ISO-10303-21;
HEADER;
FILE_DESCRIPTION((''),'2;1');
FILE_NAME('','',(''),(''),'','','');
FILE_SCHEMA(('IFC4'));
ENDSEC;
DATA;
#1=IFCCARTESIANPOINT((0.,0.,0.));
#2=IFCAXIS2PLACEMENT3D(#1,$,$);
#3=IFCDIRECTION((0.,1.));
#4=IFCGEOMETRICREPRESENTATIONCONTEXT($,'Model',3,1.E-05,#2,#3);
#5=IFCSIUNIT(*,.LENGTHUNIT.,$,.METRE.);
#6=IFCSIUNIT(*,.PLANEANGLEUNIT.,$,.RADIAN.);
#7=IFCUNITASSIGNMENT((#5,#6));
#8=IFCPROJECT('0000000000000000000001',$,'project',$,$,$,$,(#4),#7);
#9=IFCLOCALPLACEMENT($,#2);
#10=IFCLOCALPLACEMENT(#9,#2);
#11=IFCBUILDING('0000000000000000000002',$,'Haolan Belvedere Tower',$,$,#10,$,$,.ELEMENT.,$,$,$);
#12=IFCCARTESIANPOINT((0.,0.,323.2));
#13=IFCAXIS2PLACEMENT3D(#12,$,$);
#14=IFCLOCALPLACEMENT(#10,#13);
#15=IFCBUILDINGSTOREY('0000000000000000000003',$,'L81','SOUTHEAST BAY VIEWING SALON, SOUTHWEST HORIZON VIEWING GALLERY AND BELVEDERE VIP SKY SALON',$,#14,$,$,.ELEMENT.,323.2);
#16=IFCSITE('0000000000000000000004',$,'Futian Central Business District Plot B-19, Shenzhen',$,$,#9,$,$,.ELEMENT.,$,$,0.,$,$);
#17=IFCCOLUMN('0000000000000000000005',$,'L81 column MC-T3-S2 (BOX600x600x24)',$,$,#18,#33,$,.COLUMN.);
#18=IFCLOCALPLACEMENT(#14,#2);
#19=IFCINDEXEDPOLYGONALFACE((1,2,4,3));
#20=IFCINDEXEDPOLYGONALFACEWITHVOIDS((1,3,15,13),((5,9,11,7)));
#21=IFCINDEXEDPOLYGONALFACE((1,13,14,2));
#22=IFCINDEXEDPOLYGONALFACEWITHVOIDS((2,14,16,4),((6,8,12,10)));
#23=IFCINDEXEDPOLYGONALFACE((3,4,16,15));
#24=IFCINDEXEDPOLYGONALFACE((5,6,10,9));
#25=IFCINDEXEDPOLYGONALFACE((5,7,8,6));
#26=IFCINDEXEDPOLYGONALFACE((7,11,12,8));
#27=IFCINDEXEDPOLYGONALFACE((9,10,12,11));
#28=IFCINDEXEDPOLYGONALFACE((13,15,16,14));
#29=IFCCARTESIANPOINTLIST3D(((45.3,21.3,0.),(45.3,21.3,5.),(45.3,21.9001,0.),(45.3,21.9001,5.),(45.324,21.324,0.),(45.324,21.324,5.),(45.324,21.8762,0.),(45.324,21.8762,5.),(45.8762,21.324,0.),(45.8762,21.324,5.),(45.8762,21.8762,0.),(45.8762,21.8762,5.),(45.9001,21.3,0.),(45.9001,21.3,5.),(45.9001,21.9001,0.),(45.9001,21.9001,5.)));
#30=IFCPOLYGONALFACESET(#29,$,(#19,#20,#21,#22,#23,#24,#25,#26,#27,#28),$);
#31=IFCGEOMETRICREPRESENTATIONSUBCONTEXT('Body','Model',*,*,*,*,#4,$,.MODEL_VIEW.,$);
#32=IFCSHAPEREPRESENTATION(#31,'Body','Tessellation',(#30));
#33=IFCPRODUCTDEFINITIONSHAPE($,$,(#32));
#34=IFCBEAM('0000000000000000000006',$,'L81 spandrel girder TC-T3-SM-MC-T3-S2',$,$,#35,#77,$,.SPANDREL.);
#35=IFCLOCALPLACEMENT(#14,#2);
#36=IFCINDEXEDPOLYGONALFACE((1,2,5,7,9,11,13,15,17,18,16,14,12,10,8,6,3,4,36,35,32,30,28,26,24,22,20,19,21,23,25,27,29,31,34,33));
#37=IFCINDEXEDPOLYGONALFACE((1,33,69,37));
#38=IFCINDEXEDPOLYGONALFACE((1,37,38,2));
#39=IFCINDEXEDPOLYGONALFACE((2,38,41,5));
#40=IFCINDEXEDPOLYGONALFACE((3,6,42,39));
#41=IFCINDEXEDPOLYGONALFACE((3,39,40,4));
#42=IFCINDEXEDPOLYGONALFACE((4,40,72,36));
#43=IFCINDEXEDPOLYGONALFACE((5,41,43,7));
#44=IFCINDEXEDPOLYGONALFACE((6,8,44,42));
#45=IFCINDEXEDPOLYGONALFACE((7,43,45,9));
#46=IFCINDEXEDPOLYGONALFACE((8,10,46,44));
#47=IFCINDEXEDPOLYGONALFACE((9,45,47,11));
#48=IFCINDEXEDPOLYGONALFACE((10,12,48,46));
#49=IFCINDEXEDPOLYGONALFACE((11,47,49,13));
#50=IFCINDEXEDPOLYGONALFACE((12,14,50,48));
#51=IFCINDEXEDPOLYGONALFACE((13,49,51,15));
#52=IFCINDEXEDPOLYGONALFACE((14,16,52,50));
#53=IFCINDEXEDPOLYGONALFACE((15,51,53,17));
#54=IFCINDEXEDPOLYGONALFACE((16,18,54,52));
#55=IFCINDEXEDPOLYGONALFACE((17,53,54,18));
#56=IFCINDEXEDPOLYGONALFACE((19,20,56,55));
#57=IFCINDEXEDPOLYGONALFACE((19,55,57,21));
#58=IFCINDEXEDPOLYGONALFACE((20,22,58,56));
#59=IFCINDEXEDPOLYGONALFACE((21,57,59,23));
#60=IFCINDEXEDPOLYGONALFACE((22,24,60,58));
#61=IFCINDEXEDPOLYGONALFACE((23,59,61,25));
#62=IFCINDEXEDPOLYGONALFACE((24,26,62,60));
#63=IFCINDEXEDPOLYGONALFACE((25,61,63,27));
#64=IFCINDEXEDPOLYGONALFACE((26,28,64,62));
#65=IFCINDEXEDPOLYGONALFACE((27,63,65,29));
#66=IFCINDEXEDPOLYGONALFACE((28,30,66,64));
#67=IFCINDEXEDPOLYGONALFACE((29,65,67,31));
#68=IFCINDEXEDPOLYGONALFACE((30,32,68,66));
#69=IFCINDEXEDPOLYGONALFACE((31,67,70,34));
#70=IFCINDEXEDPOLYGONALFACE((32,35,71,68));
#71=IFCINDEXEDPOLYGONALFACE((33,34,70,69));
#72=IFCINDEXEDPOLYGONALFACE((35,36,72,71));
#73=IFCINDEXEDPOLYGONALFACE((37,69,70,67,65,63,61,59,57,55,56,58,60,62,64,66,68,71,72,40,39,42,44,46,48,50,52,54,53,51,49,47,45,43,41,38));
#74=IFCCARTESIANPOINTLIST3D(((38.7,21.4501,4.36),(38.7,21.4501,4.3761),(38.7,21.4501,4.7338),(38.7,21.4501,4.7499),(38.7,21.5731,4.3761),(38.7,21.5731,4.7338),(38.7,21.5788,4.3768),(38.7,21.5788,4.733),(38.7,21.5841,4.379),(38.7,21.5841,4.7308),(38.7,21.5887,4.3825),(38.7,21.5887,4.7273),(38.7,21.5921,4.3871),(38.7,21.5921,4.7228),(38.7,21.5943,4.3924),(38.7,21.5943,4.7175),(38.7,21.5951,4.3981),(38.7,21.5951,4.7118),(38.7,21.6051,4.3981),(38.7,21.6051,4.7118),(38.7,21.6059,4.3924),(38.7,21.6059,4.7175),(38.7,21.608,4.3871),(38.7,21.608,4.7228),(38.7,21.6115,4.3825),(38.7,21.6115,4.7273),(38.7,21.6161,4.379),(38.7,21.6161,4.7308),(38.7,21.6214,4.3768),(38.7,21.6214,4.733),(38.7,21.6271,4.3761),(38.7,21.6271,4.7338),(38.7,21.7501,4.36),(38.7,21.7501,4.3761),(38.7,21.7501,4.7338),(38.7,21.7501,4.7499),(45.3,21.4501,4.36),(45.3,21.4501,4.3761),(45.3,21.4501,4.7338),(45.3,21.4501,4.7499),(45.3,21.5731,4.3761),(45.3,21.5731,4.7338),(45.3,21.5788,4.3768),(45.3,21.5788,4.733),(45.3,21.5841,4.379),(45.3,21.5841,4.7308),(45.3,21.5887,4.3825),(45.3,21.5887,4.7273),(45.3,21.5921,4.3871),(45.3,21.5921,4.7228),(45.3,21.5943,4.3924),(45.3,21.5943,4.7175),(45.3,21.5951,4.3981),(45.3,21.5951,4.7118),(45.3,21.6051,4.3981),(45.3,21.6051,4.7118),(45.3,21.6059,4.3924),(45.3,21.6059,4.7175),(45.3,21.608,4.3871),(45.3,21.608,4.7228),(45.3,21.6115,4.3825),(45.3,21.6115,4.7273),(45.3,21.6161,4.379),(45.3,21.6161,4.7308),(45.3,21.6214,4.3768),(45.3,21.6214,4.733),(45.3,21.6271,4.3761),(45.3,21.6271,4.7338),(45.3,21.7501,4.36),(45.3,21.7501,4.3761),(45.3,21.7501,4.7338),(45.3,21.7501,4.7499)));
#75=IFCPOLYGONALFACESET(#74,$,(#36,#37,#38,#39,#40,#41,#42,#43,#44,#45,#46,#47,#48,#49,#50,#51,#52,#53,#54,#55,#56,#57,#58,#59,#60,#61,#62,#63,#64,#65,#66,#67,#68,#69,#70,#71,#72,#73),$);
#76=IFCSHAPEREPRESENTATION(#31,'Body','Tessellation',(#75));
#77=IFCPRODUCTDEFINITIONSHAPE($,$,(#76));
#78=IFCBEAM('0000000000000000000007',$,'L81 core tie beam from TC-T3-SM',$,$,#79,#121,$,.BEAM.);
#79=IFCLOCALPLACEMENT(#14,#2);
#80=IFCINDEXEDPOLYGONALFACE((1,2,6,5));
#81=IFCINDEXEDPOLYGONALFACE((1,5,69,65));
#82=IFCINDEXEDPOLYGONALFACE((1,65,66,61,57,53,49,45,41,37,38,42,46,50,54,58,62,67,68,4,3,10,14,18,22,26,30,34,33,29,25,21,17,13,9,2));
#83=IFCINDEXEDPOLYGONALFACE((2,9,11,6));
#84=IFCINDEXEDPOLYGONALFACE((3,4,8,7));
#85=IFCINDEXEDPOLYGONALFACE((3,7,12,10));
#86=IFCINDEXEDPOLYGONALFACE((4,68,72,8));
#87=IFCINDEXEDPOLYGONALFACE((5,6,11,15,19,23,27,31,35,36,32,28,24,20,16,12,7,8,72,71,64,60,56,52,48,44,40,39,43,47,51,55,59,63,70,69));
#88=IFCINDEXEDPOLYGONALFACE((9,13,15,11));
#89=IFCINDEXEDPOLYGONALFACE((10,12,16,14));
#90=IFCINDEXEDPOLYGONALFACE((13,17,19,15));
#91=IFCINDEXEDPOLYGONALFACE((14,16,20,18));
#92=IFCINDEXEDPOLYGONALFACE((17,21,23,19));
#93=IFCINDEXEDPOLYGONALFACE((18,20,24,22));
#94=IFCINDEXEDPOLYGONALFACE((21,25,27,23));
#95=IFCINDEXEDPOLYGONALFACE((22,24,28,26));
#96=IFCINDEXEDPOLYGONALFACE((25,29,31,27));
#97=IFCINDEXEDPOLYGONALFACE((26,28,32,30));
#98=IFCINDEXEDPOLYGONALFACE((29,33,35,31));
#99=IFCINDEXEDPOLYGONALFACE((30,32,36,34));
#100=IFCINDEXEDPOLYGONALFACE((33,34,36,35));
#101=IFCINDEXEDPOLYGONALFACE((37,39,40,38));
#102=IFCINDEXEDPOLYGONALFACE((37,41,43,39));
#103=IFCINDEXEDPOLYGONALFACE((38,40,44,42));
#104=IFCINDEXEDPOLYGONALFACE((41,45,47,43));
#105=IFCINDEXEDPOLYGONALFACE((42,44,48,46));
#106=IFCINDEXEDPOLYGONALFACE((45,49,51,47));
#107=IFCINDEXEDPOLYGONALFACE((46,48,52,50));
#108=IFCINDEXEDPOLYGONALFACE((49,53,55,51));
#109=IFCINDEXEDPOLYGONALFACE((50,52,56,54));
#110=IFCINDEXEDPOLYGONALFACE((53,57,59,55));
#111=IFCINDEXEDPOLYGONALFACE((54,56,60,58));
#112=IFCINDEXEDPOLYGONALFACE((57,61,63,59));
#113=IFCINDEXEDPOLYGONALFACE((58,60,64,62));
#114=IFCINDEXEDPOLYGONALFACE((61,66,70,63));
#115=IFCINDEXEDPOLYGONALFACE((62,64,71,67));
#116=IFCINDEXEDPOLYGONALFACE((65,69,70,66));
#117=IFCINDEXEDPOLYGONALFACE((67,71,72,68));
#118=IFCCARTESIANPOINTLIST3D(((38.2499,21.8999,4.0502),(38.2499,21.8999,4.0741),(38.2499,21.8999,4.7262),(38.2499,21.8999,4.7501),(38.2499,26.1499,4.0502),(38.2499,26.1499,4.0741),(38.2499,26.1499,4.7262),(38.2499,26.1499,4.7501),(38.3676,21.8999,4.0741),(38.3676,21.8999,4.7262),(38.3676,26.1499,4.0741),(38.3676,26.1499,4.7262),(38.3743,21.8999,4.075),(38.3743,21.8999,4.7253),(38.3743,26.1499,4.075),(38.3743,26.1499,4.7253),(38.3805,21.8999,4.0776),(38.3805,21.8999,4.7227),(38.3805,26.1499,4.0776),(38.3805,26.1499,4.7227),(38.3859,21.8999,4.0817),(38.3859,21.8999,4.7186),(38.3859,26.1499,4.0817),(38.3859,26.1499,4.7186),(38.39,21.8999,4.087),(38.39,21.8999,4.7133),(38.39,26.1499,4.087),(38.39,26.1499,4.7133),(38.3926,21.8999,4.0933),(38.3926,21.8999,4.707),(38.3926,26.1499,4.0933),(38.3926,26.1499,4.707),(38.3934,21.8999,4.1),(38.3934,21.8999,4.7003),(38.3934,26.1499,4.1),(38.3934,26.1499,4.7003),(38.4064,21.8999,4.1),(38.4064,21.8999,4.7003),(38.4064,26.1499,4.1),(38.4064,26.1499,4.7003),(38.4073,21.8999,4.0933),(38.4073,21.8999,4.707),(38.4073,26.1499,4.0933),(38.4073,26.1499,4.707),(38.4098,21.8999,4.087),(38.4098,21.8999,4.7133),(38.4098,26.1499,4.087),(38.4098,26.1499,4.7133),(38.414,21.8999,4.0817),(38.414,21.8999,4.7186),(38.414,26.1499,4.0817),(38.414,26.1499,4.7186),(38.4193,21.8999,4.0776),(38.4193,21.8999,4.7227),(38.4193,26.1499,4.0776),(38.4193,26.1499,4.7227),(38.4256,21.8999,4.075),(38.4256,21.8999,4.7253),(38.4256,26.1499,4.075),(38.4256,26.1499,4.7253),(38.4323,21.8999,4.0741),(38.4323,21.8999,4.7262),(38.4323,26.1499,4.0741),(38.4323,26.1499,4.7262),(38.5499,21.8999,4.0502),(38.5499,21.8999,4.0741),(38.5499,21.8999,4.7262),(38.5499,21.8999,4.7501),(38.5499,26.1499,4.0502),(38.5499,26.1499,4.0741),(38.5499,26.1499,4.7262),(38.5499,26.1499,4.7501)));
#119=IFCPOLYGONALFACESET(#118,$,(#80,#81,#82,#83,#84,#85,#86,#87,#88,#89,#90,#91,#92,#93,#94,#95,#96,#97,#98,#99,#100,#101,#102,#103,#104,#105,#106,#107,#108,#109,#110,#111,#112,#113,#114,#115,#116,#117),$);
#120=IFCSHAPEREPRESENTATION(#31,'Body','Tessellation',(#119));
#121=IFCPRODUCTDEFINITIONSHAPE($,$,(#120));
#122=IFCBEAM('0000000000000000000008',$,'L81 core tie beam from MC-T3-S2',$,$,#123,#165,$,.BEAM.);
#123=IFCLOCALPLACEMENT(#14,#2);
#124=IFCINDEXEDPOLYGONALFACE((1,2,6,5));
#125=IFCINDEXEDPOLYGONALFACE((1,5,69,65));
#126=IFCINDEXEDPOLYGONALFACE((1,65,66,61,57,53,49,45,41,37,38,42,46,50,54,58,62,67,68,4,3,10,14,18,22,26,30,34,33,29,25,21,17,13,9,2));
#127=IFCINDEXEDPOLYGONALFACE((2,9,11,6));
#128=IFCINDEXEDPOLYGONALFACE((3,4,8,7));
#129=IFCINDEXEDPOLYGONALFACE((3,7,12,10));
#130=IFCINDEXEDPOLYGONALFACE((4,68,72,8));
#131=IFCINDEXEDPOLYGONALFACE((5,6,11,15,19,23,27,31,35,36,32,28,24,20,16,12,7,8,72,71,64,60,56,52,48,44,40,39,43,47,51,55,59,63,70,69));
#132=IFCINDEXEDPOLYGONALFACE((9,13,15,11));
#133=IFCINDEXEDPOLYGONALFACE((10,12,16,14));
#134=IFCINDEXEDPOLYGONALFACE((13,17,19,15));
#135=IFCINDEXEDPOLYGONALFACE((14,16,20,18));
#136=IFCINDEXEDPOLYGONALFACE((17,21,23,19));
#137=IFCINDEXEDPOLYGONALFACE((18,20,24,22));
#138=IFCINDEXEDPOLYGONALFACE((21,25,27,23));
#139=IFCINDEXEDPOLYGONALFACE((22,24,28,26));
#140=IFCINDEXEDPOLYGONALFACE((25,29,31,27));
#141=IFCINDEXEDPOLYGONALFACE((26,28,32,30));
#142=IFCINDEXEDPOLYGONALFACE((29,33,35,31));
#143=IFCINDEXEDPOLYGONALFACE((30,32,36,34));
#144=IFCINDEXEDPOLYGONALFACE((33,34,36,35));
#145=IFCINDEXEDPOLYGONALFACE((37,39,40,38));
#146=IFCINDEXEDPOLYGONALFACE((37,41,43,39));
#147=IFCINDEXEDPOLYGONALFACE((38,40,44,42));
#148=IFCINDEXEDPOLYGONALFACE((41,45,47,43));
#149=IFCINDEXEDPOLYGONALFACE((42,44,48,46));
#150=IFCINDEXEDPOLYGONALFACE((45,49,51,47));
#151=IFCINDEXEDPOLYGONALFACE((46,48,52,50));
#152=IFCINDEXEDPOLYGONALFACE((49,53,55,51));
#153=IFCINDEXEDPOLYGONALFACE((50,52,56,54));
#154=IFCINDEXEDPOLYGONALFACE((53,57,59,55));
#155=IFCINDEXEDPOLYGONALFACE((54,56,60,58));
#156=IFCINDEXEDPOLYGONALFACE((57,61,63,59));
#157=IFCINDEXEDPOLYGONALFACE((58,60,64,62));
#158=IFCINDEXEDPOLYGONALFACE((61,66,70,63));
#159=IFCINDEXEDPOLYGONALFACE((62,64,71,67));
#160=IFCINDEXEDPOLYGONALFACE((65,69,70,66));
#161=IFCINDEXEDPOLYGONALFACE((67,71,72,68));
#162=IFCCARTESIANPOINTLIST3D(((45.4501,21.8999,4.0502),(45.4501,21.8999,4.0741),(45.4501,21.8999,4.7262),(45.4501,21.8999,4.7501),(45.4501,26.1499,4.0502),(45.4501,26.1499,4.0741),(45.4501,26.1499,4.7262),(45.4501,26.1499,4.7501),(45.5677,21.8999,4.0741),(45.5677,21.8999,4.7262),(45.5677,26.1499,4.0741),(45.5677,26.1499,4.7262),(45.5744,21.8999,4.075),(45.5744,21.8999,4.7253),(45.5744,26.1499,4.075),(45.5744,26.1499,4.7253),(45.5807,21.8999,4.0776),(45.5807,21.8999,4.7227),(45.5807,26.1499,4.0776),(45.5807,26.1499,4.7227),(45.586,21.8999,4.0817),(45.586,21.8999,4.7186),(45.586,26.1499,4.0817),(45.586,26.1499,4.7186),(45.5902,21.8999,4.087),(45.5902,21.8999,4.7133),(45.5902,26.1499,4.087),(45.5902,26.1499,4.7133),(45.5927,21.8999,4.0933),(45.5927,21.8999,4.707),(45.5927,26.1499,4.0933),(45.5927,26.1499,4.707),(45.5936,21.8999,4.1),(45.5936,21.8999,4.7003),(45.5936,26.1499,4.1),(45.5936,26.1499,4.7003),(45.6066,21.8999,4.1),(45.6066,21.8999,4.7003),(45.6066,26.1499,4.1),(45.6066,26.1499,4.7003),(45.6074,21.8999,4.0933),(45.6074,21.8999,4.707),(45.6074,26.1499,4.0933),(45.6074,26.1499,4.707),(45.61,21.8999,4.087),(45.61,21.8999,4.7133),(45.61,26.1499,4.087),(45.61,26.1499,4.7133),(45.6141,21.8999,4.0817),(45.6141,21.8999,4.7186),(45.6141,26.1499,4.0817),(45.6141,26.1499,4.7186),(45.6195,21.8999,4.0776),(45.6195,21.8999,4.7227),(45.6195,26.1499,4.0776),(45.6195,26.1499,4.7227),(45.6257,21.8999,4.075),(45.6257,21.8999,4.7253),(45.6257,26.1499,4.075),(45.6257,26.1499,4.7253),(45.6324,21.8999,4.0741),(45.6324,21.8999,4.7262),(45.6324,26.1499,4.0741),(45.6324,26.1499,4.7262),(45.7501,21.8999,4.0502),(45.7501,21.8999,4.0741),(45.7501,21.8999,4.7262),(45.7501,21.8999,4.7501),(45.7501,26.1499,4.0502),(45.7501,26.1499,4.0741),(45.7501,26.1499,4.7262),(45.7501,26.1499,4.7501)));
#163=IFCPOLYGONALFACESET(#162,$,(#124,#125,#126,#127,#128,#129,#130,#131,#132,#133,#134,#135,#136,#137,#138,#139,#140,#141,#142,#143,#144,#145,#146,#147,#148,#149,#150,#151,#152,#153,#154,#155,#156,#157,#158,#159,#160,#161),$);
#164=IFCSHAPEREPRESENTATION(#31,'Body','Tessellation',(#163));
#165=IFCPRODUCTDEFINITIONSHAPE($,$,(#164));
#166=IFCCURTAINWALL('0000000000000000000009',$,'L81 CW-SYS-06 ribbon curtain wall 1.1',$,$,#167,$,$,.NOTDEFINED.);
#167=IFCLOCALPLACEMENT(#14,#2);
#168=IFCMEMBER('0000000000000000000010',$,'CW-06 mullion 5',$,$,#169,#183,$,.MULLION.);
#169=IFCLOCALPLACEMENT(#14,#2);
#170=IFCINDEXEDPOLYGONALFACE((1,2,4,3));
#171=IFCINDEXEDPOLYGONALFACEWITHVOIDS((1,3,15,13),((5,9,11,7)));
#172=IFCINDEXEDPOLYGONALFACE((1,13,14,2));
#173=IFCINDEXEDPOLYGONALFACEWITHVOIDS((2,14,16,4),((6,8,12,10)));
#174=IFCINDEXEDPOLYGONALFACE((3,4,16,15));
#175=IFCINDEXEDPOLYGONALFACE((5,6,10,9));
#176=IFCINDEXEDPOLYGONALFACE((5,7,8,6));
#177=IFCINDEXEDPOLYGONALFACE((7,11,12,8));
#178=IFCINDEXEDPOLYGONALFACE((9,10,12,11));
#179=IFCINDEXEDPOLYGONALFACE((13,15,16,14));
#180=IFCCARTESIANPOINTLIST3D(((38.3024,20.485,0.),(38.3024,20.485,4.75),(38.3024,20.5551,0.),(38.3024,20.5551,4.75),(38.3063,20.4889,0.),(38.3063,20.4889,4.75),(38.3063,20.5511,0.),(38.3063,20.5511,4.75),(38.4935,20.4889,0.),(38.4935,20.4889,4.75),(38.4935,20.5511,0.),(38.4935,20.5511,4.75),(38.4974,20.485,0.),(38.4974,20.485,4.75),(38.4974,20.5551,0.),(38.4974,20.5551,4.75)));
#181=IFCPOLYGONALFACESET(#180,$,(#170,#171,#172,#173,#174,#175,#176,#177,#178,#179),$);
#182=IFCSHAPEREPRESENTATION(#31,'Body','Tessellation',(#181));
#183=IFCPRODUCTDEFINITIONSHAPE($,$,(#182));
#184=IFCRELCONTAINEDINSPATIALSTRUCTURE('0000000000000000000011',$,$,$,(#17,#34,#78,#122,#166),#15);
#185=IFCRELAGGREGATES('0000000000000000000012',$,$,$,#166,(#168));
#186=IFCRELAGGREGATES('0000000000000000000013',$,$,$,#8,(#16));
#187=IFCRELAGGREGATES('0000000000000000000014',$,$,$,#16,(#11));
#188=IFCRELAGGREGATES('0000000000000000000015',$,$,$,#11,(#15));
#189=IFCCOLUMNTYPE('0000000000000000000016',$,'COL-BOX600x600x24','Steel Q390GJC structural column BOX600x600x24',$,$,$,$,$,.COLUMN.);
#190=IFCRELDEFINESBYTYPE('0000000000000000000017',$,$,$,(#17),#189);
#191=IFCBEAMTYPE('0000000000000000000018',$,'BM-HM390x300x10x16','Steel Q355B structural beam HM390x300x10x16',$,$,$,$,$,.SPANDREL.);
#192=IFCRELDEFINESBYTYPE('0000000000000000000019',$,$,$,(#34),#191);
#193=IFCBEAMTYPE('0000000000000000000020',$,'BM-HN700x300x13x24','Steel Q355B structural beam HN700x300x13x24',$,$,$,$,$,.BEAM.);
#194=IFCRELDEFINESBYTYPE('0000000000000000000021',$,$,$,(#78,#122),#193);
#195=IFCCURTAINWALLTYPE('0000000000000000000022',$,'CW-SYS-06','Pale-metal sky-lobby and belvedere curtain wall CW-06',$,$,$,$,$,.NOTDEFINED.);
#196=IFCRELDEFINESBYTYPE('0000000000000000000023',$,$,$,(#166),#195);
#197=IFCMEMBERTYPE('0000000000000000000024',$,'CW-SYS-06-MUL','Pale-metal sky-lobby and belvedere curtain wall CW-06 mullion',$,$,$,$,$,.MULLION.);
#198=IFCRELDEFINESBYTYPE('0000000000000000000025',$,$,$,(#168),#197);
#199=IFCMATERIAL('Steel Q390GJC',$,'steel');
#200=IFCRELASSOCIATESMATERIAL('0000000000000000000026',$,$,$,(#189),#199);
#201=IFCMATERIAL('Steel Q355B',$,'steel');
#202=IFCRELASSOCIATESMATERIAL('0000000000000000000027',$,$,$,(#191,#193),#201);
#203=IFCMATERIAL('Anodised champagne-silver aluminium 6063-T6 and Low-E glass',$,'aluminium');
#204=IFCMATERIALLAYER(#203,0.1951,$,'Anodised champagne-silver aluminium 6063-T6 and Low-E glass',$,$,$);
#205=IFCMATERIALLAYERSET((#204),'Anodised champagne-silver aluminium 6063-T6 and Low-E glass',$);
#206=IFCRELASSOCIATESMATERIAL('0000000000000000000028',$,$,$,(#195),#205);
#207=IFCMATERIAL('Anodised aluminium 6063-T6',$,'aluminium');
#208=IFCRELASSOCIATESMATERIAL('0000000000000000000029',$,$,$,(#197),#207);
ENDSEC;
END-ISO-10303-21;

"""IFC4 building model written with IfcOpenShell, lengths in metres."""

from ifc_helpers import new_model, si_unit, direction, frame, origin, origin_2d, place, context, subcontext, project, spatial, hollow_rectangle, i_section, extrude, material, layer, layer_set, material_profile, profile_set, type_object, element, aggregate, save


model = new_model("IFC4")

# Units and contexts
model_context = context("Model", 3, precision=1e-05, world=origin(), true_north=direction((0.0, 1.0)))
body_context = subcontext(model_context, "Body", "Model", "MODEL_VIEW")
ifc_project = project(units=[si_unit("LENGTHUNIT", "METRE"), si_unit("PLANEANGLEUNIT", "RADIAN")], contexts=[model_context])

# Site, building, storey
site_placement = place(None, origin())
site = spatial("IfcSite", under=ifc_project, at=site_placement, Name="Futian Central Business District Plot B-19, Shenzhen", CompositionType="ELEMENT", RefElevation=0.0)
building_placement = place(site_placement, origin())
building = spatial("IfcBuilding", under=site, at=building_placement, Name="Haolan Belvedere Tower", CompositionType="ELEMENT")
storey_placement = place(building_placement, frame((0.0, 0.0, 323.2)))
storey = spatial("IfcBuildingStorey", under=building, at=storey_placement, Name="L81", Description="SOUTHEAST BAY VIEWING SALON, SOUTHWEST HORIZON VIEWING GALLERY AND BELVEDERE VIP SKY SALON", CompositionType="ELEMENT", Elevation=323.2)

# Column
ifc_material_1 = material(Name="Steel Q390GJC", Category="steel")
ifc_material_profile_1 = material_profile(ifc_material_1, hollow_rectangle(XDim=0.6001, YDim=0.6001, WallThickness=0.0239, at=origin_2d()), Name="Steel Q390GJC")
ifc_profile_set_1 = profile_set([ifc_material_profile_1], Name="Steel Q390GJC")
column_type = type_object("IfcColumnType", Name="COL-BOX600x600x24", Description="Steel Q390GJC structural column BOX600x600x24", PredefinedType="COLUMN", material=ifc_profile_set_1)
column_placement = place(storey_placement, frame((45.6001, 21.6001, 0.0), z_axis=(0.0, 0.0, 1.0), x_axis=(1.0, 0.0, 0.0)))
element("IfcColumn", 1, at=column_placement, inside=storey, type_object=column_type, Name="L81 column MC-T3-S2 (BOX600x600x24)", PredefinedType="COLUMN", context=body_context, shape_type="SweptSolid", body=[
    extrude(hollow_rectangle(XDim=0.6001, YDim=0.6001, WallThickness=0.0239, at=origin_2d()), origin(), (0.0, 0.0, 1.0), 5.0),
])

# Beams
ifc_material_2 = material(Name="Steel Q355B", Category="steel")
ifc_material_profile_2 = material_profile(ifc_material_2, i_section(OverallWidth=0.3, OverallDepth=0.3899, WebThickness=0.01, FlangeThickness=0.0161, FilletRadius=0.022, at=origin_2d()), Name="Steel Q355B")
ifc_profile_set_2 = profile_set([ifc_material_profile_2], Name="Steel Q355B")
beam_type_1 = type_object("IfcBeamType", Name="BM-HM390x300x10x16", Description="Steel Q355B structural beam HM390x300x10x16", PredefinedType="SPANDREL", material=ifc_profile_set_2)
beam_placement = place(storey_placement, frame((38.7, 21.6001, 4.5549), z_axis=(1.0, 0.0, 0.0), x_axis=(0.0, 1.0, 0.0)))
element("IfcBeam", 2, at=beam_placement, inside=storey, type_object=beam_type_1, Name="L81 spandrel girder TC-T3-SM-MC-T3-S2", PredefinedType="SPANDREL", context=body_context, shape_type="SweptSolid", body=[
    extrude(i_section(OverallWidth=0.3, OverallDepth=0.3899, WebThickness=0.01, FlangeThickness=0.0161, FilletRadius=0.022, at=origin_2d()), origin(), (0.0, 0.0, 1.0), 6.6001),
])
ifc_material_profile_3 = material_profile(ifc_material_2, i_section(OverallWidth=0.3, OverallDepth=0.7, WebThickness=0.0129, FlangeThickness=0.0239, FilletRadius=0.0259, at=origin_2d()), Name="Steel Q355B")
ifc_profile_set_3 = profile_set([ifc_material_profile_3], Name="Steel Q355B")
beam_type_2 = type_object("IfcBeamType", Name="BM-HN700x300x13x24", Description="Steel Q355B structural beam HN700x300x13x24", PredefinedType="BEAM", material=ifc_profile_set_3)
for number, where, z_axis, x_axis, name in (
    (3, (38.3999, 21.8999, 4.4001), (0.0, 1.0, 0.0), (-1.0, 0.0, 0.0), "L81 core tie beam from TC-T3-SM"),
    (4, (45.6001, 21.8999, 4.4001), (0.0, 1.0, 0.0), (-1.0, 0.0, 0.0), "L81 core tie beam from MC-T3-S2"),
):
    element("IfcBeam", number, at=place(storey_placement, frame(where, z_axis=z_axis, x_axis=x_axis)), inside=storey, type_object=beam_type_2, Name=name, PredefinedType="BEAM", context=body_context, shape_type="SweptSolid", body=[
        extrude(i_section(OverallWidth=0.3, OverallDepth=0.7, WebThickness=0.0129, FlangeThickness=0.0239, FilletRadius=0.0259, at=origin_2d()), origin(), (0.0, 0.0, 1.0), 4.25),
    ])

# Curtain wall, member
ifc_material_3 = material(Name="Anodised champagne-silver aluminium 6063-T6 and Low-E glass", Category="aluminium")
ifc_layer_1 = layer(ifc_material_3, 0.1951, Name="Anodised champagne-silver aluminium 6063-T6 and Low-E glass")
ifc_layer_set_1 = layer_set([ifc_layer_1], Name="Anodised champagne-silver aluminium 6063-T6 and Low-E glass")
curtain_wall_type = type_object("IfcCurtainWallType", Name="CW-SYS-06", Description="Pale-metal sky-lobby and belvedere curtain wall CW-06", PredefinedType="NOTDEFINED", material=ifc_layer_set_1)
curtain_wall_placement = place(storey_placement, origin())
curtain_wall = element("IfcCurtainWall", 5, at=curtain_wall_placement, inside=storey, type_object=curtain_wall_type, Name="L81 CW-SYS-06 ribbon curtain wall 1.1", PredefinedType="NOTDEFINED")
ifc_material_4 = material(Name="Anodised aluminium 6063-T6", Category="aluminium")
ifc_material_profile_4 = material_profile(ifc_material_4, hollow_rectangle(XDim=0.0701, YDim=0.1951, WallThickness=0.0039, at=origin_2d()), Name="Anodised aluminium 6063-T6")
ifc_profile_set_4 = profile_set([ifc_material_profile_4], Name="Anodised aluminium 6063-T6")
member_type_1 = type_object("IfcMemberType", Name="CW-SYS-06-MUL", Description="Pale-metal sky-lobby and belvedere curtain wall CW-06 mullion", PredefinedType="MULLION", material=ifc_profile_set_4)
member_1_placement = place(storey_placement, frame((38.3999, 20.52, 0.0), z_axis=(0.0, 0.0, 1.0), x_axis=(0.0, 1.0, 0.0)))
member_1 = element("IfcMember", 6, at=member_1_placement, type_object=member_type_1, Name="CW-06 mullion 5", PredefinedType="MULLION", context=body_context, shape_type="SweptSolid", body=[
    extrude(hollow_rectangle(XDim=0.0701, YDim=0.1951, WallThickness=0.0039, at=origin_2d()), origin(), (0.0, 0.0, 1.0), 4.75),
])
aggregate(curtain_wall, [member_1])

save(model, "model.ifc")
